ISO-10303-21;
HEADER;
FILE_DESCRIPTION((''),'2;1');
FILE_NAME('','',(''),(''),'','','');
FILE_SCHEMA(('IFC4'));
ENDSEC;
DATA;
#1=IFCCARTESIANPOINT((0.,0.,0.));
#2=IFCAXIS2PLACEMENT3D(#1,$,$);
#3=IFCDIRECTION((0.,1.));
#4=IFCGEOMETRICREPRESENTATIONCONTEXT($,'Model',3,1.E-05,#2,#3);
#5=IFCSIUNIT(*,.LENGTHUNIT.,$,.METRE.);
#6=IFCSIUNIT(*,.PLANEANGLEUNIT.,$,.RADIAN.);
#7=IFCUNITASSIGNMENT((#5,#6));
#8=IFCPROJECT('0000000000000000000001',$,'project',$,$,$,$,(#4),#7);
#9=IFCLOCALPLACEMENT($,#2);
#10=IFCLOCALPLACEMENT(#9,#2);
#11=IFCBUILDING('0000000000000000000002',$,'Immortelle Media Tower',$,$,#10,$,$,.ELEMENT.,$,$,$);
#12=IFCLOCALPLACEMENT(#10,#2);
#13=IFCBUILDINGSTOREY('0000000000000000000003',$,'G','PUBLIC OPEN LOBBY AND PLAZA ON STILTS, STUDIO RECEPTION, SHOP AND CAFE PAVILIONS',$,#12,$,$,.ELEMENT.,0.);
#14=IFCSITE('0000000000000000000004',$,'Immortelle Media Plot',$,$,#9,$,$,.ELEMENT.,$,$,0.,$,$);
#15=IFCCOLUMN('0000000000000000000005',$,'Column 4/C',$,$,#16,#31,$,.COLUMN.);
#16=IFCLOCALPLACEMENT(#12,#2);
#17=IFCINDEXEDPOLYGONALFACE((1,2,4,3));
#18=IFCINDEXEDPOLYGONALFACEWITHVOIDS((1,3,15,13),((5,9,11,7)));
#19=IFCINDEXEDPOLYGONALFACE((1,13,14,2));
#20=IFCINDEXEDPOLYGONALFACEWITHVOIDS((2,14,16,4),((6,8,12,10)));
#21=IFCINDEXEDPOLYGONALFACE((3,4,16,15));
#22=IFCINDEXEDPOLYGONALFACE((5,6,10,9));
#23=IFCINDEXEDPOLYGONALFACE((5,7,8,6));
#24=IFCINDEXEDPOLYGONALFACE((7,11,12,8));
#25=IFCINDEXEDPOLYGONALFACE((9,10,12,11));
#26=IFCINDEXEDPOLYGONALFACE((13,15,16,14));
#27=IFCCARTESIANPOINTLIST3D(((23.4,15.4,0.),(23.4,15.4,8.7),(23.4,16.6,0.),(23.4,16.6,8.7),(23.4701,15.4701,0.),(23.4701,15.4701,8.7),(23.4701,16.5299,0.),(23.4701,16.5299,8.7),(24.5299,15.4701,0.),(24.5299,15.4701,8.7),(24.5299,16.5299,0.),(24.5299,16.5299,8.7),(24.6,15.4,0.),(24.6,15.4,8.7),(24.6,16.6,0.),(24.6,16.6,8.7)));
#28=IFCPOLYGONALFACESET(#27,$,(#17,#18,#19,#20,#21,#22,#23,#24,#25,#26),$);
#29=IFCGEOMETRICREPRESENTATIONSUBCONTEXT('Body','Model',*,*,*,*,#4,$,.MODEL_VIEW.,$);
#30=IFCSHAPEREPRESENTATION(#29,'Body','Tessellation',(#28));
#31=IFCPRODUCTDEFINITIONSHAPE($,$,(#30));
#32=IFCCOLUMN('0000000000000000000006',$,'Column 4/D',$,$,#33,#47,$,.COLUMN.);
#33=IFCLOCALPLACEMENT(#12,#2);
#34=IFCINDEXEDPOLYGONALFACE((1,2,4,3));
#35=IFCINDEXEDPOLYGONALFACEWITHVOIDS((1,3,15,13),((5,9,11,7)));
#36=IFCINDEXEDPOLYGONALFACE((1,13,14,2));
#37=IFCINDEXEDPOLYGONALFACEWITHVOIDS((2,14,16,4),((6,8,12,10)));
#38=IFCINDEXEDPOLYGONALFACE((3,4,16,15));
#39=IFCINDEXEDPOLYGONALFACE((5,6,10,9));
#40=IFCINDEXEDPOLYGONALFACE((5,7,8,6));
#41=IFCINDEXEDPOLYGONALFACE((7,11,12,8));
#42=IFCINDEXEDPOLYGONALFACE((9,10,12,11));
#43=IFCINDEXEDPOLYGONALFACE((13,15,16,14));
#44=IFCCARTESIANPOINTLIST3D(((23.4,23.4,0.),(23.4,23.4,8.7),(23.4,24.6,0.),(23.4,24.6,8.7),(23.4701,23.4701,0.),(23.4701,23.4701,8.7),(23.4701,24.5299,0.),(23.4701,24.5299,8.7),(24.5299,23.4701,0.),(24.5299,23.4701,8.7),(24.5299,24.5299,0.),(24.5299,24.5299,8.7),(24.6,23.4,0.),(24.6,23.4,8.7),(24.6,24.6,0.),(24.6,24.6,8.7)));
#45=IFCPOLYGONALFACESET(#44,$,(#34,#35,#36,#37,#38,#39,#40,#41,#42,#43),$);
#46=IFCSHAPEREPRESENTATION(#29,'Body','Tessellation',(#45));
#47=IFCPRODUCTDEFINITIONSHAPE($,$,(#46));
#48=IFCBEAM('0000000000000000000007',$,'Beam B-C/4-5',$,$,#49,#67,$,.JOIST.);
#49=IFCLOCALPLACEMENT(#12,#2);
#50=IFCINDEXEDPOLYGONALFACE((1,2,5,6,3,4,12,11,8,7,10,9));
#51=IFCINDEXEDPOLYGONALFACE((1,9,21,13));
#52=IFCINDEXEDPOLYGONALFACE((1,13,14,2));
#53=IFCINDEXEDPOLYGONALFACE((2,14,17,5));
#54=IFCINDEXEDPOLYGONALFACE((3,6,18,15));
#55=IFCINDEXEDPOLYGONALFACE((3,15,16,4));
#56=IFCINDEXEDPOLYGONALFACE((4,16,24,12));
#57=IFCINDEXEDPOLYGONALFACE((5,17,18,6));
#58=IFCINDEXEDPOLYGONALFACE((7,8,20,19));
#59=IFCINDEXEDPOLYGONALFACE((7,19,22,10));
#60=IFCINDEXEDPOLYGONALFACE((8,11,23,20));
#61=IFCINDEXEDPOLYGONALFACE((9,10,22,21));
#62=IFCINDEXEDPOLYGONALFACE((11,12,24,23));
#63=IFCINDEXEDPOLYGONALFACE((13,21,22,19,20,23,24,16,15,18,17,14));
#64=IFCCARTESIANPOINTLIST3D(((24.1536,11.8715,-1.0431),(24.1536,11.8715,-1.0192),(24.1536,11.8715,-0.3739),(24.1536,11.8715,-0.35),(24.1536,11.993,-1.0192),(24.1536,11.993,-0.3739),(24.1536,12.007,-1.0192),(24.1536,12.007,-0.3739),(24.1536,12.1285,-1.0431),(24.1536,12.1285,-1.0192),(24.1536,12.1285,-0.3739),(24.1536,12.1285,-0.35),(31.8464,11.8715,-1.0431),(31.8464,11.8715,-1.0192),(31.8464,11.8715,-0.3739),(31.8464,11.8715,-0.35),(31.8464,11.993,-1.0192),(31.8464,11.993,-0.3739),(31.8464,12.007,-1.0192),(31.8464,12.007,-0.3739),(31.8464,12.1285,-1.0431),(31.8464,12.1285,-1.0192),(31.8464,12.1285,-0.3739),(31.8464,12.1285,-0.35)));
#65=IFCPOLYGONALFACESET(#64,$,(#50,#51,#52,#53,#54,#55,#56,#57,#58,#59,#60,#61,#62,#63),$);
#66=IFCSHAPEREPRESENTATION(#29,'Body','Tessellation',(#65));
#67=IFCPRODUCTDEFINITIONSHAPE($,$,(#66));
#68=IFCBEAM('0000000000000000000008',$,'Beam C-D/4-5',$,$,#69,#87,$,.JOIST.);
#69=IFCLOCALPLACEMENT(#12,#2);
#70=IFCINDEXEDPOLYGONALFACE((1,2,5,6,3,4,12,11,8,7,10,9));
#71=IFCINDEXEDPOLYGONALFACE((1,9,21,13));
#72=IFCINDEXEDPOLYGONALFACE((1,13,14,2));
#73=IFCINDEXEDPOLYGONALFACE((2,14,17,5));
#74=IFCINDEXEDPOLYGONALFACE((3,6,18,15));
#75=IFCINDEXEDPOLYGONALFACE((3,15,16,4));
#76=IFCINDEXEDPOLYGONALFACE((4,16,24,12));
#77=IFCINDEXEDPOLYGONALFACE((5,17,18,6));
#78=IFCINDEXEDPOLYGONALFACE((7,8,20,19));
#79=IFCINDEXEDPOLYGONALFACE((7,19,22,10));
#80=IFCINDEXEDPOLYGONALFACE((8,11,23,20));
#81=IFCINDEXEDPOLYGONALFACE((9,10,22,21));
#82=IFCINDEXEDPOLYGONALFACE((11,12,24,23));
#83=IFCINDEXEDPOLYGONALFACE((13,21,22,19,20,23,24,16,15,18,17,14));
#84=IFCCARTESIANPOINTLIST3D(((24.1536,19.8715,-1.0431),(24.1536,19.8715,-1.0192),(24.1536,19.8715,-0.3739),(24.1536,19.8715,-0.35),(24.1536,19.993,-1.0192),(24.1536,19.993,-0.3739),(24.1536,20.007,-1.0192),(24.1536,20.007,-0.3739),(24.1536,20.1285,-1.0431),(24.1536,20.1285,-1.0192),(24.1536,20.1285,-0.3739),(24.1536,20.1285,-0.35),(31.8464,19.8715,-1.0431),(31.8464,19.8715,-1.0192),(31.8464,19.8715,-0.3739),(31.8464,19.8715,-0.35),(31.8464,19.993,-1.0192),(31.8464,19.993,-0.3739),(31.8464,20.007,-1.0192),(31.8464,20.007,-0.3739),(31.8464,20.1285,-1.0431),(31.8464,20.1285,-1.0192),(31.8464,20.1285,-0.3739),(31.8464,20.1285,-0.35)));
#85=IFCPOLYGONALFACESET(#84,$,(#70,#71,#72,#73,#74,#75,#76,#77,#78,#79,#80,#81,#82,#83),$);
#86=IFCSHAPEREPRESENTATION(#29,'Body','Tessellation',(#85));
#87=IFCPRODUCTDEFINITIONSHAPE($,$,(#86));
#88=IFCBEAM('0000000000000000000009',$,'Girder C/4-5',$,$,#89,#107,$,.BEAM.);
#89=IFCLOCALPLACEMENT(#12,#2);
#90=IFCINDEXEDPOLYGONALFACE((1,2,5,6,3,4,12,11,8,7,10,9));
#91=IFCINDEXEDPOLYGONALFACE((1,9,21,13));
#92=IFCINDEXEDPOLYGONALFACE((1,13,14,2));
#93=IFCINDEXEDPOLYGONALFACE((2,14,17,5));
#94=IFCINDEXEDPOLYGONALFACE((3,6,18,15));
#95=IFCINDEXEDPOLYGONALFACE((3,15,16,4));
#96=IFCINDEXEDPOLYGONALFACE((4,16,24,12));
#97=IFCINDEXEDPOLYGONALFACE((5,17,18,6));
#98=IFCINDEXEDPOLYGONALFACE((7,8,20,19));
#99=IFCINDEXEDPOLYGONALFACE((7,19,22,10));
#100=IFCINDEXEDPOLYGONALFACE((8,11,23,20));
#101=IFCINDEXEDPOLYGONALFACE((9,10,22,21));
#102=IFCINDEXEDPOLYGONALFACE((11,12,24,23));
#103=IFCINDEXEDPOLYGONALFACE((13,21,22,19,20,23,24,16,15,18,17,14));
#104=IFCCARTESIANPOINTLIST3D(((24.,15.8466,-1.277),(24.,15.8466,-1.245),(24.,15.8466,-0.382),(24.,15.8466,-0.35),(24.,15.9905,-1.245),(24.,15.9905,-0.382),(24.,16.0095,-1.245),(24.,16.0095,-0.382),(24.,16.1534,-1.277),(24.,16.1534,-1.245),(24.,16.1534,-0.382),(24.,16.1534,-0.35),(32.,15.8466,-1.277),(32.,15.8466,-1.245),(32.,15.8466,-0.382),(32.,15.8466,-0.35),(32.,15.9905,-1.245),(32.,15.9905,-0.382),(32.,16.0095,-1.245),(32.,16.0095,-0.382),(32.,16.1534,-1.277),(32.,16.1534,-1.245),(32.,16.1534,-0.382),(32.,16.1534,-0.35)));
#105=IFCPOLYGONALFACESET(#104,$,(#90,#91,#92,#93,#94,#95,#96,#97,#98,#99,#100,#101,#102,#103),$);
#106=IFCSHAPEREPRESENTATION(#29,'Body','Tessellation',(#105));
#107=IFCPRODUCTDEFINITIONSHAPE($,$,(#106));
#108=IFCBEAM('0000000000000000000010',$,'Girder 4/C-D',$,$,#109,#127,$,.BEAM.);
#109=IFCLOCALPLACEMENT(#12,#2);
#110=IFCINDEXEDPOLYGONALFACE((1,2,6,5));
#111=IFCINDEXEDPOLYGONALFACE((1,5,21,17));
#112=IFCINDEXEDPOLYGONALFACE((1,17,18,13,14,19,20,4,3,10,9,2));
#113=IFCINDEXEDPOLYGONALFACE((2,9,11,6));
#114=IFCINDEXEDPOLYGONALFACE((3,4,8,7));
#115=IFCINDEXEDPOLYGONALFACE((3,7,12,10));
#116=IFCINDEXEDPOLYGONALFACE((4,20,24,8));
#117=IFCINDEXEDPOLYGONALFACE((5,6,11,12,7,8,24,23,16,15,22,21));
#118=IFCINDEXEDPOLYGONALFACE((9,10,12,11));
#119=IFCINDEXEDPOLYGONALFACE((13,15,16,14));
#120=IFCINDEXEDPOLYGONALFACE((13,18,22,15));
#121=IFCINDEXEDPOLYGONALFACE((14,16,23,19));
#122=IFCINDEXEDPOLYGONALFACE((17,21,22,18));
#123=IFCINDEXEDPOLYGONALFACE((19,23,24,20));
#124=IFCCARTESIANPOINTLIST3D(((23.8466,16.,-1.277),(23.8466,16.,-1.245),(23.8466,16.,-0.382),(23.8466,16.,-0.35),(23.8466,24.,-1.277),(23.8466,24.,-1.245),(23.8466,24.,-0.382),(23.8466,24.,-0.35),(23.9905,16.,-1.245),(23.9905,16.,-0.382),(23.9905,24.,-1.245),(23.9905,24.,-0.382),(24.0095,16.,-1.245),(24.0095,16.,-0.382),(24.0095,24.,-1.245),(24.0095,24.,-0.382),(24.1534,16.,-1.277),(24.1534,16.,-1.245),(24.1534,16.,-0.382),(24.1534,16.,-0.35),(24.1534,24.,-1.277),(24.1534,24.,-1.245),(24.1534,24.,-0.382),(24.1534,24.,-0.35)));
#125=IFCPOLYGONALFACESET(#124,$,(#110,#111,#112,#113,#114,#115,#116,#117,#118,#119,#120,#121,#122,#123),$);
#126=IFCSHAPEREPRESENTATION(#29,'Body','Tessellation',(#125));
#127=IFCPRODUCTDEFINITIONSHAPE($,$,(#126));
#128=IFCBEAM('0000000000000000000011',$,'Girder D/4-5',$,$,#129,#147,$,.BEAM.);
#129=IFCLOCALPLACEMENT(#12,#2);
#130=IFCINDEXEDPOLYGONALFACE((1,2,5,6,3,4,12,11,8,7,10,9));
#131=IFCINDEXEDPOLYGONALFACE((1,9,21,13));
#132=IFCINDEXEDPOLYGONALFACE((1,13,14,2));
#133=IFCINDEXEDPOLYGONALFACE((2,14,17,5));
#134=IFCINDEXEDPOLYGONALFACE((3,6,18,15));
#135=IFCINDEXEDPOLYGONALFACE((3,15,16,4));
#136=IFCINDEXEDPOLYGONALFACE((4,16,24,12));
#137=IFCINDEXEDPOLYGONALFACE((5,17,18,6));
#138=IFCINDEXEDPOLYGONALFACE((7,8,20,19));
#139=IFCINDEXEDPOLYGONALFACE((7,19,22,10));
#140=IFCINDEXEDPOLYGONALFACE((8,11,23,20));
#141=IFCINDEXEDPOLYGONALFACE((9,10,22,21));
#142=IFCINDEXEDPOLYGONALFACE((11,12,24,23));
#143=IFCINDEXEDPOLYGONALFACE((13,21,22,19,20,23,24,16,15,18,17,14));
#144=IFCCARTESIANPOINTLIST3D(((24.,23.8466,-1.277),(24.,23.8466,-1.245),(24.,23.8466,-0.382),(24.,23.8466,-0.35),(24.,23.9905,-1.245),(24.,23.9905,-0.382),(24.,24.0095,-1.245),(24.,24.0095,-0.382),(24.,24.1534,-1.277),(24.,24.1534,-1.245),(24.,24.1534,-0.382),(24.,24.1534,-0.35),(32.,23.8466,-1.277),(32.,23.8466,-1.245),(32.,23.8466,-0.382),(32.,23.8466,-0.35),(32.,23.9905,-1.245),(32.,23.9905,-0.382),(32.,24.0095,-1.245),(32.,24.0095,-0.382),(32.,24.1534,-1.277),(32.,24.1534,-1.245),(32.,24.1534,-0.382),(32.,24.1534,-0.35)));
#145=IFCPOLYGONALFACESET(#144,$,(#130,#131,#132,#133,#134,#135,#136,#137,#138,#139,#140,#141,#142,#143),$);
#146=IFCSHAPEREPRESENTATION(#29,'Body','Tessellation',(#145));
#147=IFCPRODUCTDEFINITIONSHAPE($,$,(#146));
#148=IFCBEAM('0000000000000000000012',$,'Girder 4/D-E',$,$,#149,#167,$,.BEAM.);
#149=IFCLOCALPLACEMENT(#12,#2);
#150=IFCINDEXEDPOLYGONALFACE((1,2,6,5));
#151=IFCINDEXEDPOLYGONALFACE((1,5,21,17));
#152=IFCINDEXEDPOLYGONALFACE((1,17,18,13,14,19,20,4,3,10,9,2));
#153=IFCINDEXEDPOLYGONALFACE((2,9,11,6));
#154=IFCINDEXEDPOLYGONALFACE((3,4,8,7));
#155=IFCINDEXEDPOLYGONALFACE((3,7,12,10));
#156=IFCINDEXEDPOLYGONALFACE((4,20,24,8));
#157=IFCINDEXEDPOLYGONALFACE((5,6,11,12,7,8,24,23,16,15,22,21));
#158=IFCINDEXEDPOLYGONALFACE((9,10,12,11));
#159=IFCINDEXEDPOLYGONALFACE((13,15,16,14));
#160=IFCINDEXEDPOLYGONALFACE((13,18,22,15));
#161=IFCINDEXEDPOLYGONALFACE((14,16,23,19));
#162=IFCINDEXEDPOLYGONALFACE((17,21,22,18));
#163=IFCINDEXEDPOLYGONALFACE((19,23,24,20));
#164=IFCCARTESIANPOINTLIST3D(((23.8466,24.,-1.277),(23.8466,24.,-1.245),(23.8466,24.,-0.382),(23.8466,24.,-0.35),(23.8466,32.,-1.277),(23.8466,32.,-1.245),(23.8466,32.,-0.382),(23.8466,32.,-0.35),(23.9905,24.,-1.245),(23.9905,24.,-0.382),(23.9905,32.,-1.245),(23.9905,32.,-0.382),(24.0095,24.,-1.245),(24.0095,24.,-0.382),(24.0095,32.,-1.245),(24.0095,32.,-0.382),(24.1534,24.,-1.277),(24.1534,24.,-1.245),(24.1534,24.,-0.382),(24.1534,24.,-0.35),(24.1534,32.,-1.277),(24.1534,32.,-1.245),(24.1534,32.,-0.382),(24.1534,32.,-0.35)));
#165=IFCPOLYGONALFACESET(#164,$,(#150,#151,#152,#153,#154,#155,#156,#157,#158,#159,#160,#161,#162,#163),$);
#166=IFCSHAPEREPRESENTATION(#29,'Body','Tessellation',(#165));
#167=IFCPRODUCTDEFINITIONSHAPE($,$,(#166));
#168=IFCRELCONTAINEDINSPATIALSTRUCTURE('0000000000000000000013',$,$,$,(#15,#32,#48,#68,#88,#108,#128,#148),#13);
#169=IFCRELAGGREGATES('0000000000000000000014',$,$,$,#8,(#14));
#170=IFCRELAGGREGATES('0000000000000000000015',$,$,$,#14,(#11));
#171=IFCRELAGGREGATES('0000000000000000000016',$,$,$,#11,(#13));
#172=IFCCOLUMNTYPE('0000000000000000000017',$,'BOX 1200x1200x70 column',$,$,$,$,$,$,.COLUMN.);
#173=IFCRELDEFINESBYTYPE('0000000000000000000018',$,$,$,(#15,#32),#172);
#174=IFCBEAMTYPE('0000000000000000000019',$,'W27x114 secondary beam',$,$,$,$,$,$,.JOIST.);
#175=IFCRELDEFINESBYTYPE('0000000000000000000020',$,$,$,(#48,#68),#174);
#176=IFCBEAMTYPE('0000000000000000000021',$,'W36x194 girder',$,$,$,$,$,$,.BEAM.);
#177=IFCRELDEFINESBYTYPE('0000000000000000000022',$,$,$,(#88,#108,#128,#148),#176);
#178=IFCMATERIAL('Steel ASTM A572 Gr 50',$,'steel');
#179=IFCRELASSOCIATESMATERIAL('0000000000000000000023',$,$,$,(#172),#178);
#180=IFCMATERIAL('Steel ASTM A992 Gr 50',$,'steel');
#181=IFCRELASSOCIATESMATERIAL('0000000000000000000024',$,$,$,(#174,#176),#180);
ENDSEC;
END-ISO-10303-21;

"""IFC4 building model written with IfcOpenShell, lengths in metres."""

from ifc_helpers import new_model, si_unit, direction, frame, origin, origin_2d, place, context, subcontext, project, spatial, hollow_rectangle, i_section, extrude, material, material_profile, profile_set, type_object, element, save


model = new_model("IFC4")

# Units and contexts
model_context = context("Model", 3, precision=1e-05, world=origin(), true_north=direction((0.0, 1.0)))
body_context = subcontext(model_context, "Body", "Model", "MODEL_VIEW")
ifc_project = project(units=[si_unit("LENGTHUNIT", "METRE"), si_unit("PLANEANGLEUNIT", "RADIAN")], contexts=[model_context])

# Site, building, storey
site_placement = place(None, origin())
site = spatial("IfcSite", under=ifc_project, at=site_placement, Name="Immortelle Media Plot", CompositionType="ELEMENT", RefElevation=0.0)
building_placement = place(site_placement, origin())
building = spatial("IfcBuilding", under=site, at=building_placement, Name="Immortelle Media Tower", CompositionType="ELEMENT")
storey_placement = place(building_placement, origin())
storey = spatial("IfcBuildingStorey", under=building, at=storey_placement, Name="G", Description="PUBLIC OPEN LOBBY AND PLAZA ON STILTS, STUDIO RECEPTION, SHOP AND CAFE PAVILIONS", CompositionType="ELEMENT", Elevation=0.0)

# Columns
ifc_material_1 = material(Name="Steel ASTM A572 Gr 50", Category="steel")
ifc_material_profile_1 = material_profile(ifc_material_1, hollow_rectangle(XDim=1.2, YDim=1.2, WallThickness=0.0701, at=origin_2d()), Name="BOX 1200x1200x70 column")
ifc_profile_set_1 = profile_set([ifc_material_profile_1], Name="Steel ASTM A572 Gr 50")
column_type = type_object("IfcColumnType", Name="BOX 1200x1200x70 column", PredefinedType="COLUMN", material=ifc_profile_set_1)
for number, where, z_axis, x_axis, name in (
    (1, (24.0, 16.0, 0.0), (0.0, 0.0, 1.0), (1.0, 0.0, 0.0), "Column 4/C"),
    (2, (24.0, 24.0, 0.0), (0.0, 0.0, 1.0), (1.0, 0.0, 0.0), "Column 4/D"),
):
    element("IfcColumn", number, at=place(storey_placement, frame(where, z_axis=z_axis, x_axis=x_axis)), inside=storey, type_object=column_type, Name=name, PredefinedType="COLUMN", context=body_context, shape_type="SweptSolid", body=[
        extrude(hollow_rectangle(XDim=1.2, YDim=1.2, WallThickness=0.0701, at=origin_2d()), origin(), (0.0, 0.0, 1.0), 8.7),
    ])

# Beams
ifc_material_2 = material(Name="Steel ASTM A992 Gr 50", Category="steel")
ifc_material_profile_2 = material_profile(ifc_material_2, i_section(OverallWidth=0.2571, OverallDepth=0.6931, WebThickness=0.0139, FlangeThickness=0.0239, at=origin_2d()), Name="W27x114")
ifc_profile_set_2 = profile_set([ifc_material_profile_2], Name="Steel ASTM A992 Gr 50")
beam_type_1 = type_object("IfcBeamType", Name="W27x114 secondary beam", PredefinedType="JOIST", material=ifc_profile_set_2)
for number, where, z_axis, x_axis, name in (
    (3, (24.1536, 12.0, -0.6965), (1.0, 0.0, 0.0), (0.0, 1.0, 0.0), "Beam B-C/4-5"),
    (4, (24.1536, 20.0, -0.6965), (1.0, 0.0, 0.0), (0.0, 1.0, 0.0), "Beam C-D/4-5"),
):
    element("IfcBeam", number, at=place(storey_placement, frame(where, z_axis=z_axis, x_axis=x_axis)), inside=storey, type_object=beam_type_1, Name=name, PredefinedType="JOIST", context=body_context, shape_type="SweptSolid", body=[
        extrude(i_section(OverallWidth=0.2571, OverallDepth=0.6931, WebThickness=0.0139, FlangeThickness=0.0239, at=origin_2d()), origin(), (0.0, 0.0, 1.0), 7.6929),
    ])
ifc_material_profile_3 = material_profile(ifc_material_2, i_section(OverallWidth=0.3069, OverallDepth=0.927, WebThickness=0.019, FlangeThickness=0.032, at=origin_2d()), Name="W36x194")
ifc_profile_set_3 = profile_set([ifc_material_profile_3], Name="Steel ASTM A992 Gr 50")
beam_type_2 = type_object("IfcBeamType", Name="W36x194 girder", PredefinedType="BEAM", material=ifc_profile_set_3)
for number, where, z_axis, x_axis, name in (
    (5, (24.0, 16.0, -0.8135), (1.0, 0.0, 0.0), (0.0, 1.0, 0.0), "Girder C/4-5"),
    (6, (24.0, 16.0, -0.8135), (0.0, 1.0, 0.0), (-1.0, 0.0, 0.0), "Girder 4/C-D"),
    (7, (24.0, 24.0, -0.8135), (1.0, 0.0, 0.0), (0.0, 1.0, 0.0), "Girder D/4-5"),
    (8, (24.0, 24.0, -0.8135), (0.0, 1.0, 0.0), (-1.0, 0.0, 0.0), "Girder 4/D-E"),
):
    element("IfcBeam", number, at=place(storey_placement, frame(where, z_axis=z_axis, x_axis=x_axis)), inside=storey, type_object=beam_type_2, Name=name, PredefinedType="BEAM", context=body_context, shape_type="SweptSolid", body=[
        extrude(i_section(OverallWidth=0.3069, OverallDepth=0.927, WebThickness=0.019, FlangeThickness=0.032, at=origin_2d()), origin(), (0.0, 0.0, 1.0), 8.0),
    ])

save(model, "model.ifc")
